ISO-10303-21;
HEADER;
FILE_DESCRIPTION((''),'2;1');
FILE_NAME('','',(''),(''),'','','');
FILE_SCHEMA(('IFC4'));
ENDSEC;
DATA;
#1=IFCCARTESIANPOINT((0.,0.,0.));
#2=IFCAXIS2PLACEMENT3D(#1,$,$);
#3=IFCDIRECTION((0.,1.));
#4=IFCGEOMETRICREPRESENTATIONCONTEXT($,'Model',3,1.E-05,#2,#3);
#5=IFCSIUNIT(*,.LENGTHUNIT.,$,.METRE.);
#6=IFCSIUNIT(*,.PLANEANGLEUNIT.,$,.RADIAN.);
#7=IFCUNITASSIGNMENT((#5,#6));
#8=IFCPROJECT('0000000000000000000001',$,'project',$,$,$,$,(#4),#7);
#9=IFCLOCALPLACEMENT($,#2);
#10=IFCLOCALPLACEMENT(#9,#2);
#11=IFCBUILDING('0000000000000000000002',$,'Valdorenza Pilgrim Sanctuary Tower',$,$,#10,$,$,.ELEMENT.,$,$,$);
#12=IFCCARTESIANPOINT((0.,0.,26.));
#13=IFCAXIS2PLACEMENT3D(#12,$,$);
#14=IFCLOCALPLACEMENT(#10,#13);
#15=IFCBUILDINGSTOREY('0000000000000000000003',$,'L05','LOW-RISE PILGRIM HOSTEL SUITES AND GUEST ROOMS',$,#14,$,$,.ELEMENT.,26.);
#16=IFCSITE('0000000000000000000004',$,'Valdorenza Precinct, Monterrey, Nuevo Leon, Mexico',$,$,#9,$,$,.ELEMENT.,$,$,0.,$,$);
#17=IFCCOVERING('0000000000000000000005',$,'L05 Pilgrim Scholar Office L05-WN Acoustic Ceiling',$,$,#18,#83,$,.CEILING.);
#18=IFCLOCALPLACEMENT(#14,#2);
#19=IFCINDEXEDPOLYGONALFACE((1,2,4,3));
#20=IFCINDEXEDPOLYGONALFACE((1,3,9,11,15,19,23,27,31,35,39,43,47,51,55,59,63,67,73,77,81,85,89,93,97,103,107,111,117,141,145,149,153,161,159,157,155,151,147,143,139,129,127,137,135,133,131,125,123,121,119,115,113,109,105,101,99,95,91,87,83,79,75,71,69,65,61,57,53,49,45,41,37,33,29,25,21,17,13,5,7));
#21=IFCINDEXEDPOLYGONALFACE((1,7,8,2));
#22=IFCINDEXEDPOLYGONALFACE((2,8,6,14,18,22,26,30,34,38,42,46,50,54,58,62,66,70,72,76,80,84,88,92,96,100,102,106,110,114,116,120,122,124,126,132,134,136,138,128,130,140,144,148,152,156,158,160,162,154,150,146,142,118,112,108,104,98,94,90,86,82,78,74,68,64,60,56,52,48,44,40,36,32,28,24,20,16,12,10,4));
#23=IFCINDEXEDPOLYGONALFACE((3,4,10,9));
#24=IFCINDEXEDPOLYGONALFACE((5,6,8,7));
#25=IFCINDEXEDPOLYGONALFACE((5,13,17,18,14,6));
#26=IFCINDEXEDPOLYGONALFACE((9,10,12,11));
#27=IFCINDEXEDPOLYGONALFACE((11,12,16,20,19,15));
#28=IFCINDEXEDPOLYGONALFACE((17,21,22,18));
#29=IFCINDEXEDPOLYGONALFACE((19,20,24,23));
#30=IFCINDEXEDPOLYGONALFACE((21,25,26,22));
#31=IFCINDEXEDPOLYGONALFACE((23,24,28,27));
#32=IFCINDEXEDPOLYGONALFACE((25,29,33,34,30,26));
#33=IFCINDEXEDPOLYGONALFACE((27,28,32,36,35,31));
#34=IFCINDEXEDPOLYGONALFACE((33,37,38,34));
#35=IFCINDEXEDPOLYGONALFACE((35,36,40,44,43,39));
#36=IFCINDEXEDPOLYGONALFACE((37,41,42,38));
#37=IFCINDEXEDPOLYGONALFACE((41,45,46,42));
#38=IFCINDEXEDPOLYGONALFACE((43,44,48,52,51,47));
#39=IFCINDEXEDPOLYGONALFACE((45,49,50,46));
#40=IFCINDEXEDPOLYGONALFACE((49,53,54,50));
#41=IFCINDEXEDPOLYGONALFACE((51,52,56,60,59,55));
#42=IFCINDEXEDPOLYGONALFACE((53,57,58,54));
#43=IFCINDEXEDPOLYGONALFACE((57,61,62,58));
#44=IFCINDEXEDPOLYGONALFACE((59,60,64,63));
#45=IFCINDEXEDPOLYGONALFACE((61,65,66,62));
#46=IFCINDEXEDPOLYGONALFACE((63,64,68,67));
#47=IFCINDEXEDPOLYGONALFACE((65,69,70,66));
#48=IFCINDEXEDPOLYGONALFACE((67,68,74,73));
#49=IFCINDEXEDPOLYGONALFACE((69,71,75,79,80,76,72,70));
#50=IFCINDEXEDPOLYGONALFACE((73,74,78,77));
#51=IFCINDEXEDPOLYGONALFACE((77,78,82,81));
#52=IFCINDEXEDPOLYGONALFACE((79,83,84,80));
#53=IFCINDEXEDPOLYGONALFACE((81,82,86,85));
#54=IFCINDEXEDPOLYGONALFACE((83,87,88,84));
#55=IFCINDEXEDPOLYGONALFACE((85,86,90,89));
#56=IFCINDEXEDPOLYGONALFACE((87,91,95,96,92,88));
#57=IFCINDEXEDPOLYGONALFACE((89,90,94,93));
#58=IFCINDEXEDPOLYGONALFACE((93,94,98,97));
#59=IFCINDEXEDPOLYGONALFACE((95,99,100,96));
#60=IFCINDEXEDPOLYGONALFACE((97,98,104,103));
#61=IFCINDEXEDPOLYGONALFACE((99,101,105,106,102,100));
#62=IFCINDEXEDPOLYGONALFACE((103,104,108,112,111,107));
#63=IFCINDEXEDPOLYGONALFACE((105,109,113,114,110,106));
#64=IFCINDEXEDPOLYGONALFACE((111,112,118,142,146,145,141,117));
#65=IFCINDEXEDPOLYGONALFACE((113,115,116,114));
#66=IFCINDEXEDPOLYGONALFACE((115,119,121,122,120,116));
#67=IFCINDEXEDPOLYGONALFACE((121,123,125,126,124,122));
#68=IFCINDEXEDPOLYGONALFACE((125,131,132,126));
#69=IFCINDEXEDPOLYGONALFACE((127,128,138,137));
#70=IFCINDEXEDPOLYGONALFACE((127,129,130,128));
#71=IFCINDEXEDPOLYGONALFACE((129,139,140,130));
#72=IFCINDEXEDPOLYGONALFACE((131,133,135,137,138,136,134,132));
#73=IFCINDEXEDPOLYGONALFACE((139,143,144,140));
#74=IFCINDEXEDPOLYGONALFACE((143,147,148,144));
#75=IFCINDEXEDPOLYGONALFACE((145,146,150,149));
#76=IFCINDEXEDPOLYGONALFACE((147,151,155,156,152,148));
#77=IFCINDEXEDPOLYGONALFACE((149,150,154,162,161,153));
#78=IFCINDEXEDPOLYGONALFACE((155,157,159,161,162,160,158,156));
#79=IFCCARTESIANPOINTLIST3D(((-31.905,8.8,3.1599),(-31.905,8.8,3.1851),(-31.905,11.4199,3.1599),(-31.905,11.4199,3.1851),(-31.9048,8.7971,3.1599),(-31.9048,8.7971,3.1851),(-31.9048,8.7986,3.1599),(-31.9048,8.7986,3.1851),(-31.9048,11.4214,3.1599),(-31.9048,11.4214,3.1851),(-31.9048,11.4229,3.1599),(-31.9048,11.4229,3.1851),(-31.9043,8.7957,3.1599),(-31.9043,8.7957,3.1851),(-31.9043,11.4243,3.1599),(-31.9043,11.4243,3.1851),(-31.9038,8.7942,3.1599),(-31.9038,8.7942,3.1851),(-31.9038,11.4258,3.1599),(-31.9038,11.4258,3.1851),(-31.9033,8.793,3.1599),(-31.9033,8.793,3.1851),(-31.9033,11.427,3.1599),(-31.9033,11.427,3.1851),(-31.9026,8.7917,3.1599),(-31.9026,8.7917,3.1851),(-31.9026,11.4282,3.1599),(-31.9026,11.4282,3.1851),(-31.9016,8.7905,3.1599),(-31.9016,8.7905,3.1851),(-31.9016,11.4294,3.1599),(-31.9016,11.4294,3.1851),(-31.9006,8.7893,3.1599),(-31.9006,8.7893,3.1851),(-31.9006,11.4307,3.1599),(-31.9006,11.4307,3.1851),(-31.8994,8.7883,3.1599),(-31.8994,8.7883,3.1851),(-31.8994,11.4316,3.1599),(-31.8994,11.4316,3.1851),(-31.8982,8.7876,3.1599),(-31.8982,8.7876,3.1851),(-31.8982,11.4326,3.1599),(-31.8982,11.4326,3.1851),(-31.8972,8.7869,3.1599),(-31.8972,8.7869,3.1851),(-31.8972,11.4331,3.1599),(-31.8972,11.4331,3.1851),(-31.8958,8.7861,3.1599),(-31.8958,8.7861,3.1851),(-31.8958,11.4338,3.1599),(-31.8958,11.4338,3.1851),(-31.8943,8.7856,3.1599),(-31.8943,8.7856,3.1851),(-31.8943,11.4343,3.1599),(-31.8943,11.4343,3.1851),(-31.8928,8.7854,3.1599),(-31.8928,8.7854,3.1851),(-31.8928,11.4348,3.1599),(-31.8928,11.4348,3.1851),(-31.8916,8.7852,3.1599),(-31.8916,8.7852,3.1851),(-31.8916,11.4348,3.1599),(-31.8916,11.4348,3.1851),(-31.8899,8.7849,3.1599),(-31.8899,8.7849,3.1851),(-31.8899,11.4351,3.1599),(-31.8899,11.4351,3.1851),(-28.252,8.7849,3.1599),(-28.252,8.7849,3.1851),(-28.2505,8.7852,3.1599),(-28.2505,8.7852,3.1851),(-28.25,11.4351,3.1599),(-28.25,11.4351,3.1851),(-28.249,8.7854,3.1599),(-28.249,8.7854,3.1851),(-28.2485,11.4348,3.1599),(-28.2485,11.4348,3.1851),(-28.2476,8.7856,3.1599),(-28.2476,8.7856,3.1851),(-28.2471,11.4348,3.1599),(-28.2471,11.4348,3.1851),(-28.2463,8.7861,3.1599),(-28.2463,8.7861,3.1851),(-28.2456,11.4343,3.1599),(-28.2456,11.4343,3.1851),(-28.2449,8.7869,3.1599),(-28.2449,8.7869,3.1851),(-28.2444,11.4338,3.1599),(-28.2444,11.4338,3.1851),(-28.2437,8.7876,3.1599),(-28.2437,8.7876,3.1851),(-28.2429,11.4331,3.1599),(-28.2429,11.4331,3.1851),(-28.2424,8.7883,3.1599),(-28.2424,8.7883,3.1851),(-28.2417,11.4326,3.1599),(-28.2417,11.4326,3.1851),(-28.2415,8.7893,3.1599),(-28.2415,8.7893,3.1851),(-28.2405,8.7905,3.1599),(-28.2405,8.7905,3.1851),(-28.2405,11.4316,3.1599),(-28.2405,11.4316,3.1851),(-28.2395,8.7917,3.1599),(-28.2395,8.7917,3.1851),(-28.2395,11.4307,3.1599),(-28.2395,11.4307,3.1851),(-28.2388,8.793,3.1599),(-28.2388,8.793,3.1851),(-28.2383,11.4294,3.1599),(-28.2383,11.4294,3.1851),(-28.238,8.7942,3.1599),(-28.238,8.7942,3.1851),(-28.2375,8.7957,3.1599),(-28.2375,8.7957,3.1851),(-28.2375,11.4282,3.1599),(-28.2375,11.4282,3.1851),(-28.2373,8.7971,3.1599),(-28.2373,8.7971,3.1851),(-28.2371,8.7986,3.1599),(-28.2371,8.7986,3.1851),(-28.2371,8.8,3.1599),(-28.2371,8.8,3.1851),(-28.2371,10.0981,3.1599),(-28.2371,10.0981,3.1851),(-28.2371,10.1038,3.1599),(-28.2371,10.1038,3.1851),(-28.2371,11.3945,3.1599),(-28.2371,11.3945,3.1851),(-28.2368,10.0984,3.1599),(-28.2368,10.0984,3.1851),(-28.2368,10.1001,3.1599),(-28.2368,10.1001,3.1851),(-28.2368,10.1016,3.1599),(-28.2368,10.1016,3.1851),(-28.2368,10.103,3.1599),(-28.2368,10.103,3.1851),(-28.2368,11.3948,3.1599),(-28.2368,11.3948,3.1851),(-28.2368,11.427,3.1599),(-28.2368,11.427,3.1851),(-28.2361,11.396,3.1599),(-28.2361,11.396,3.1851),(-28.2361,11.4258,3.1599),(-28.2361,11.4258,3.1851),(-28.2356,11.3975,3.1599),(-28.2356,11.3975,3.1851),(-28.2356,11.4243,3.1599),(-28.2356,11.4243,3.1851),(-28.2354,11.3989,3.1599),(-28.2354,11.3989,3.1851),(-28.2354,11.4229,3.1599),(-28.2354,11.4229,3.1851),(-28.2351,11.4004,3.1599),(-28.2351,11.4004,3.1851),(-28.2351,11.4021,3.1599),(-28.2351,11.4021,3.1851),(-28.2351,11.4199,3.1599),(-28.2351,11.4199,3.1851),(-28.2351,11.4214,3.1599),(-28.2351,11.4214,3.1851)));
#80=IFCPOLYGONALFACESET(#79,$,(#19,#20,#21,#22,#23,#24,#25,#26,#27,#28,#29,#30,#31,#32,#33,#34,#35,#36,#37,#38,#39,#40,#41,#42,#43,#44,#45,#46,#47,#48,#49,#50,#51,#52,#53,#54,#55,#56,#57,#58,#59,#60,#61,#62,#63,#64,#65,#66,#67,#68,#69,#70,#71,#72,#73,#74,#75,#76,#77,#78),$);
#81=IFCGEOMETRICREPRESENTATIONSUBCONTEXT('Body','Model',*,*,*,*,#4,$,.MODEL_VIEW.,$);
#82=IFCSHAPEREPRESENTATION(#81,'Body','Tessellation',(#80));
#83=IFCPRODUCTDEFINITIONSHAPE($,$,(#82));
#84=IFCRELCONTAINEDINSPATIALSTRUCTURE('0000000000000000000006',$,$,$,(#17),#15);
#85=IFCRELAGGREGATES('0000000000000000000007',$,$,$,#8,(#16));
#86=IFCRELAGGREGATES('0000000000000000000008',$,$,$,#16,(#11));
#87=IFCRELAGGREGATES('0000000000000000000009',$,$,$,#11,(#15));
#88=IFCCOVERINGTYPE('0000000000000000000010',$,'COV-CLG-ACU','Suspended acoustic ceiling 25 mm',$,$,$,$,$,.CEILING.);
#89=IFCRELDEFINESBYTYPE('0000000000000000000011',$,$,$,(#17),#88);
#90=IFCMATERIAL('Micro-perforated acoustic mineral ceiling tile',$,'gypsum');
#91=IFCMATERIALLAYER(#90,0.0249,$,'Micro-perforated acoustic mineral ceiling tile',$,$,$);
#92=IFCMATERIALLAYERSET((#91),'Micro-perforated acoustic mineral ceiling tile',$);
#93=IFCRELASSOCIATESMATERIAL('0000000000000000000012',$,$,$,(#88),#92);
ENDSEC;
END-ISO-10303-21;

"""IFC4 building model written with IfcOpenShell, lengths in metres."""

from ifc_helpers import new_model, si_unit, direction, frame, origin, place, context, subcontext, project, spatial, polyline, outline, extrude, material, layer, layer_set, type_object, element, save


model = new_model("IFC4")

# Units and contexts
model_context = context("Model", 3, precision=1e-05, world=origin(), true_north=direction((0.0, 1.0)))
body_context = subcontext(model_context, "Body", "Model", "MODEL_VIEW")
ifc_project = project(units=[si_unit("LENGTHUNIT", "METRE"), si_unit("PLANEANGLEUNIT", "RADIAN")], contexts=[model_context])

# Site, building, storey
site_placement = place(None, origin())
site = spatial("IfcSite", under=ifc_project, at=site_placement, Name="Valdorenza Precinct, Monterrey, Nuevo Leon, Mexico", CompositionType="ELEMENT", RefElevation=0.0)
building_placement = place(site_placement, origin())
building = spatial("IfcBuilding", under=site, at=building_placement, Name="Valdorenza Pilgrim Sanctuary Tower", CompositionType="ELEMENT")
storey_placement = place(building_placement, frame((0.0, 0.0, 26.0)))
storey = spatial("IfcBuildingStorey", under=building, at=storey_placement, Name="L05", Description="LOW-RISE PILGRIM HOSTEL SUITES AND GUEST ROOMS", CompositionType="ELEMENT", Elevation=26.0)

# Covering
ifc_material_1 = material(Name="Micro-perforated acoustic mineral ceiling tile", Category="gypsum")
ifc_layer_1 = layer(ifc_material_1, 0.0249, Name="Micro-perforated acoustic mineral ceiling tile")
ifc_layer_set_1 = layer_set([ifc_layer_1], Name="Micro-perforated acoustic mineral ceiling tile")
covering_type_1 = type_object("IfcCoveringType", Name="COV-CLG-ACU", Description="Suspended acoustic ceiling 25 mm", PredefinedType="CEILING", material=ifc_layer_set_1)
covering_1_placement = place(storey_placement, frame((0.0, 0.0, 3.1599)))
element("IfcCovering", 1, at=covering_1_placement, inside=storey, type_object=covering_type_1, Name="L05 Pilgrim Scholar Office L05-WN Acoustic Ceiling", PredefinedType="CEILING", context=body_context, shape_type="SweptSolid", body=[
    extrude(outline(polyline([(-28.2371, 11.3945), (-28.2371, 10.1038), (-28.2368, 10.103), (-28.2368, 10.1016), (-28.2368, 10.1001), (-28.2368, 10.0984), (-28.2371, 10.0981), (-28.2371, 8.8), (-28.2371, 8.7986), (-28.2373, 8.7971), (-28.2375, 8.7957), (-28.238, 8.7942), (-28.2388, 8.793), (-28.2395, 8.7917), (-28.2405, 8.7905), (-28.2415, 8.7893), (-28.2424, 8.7883), (-28.2437, 8.7876), (-28.2449, 8.7869), (-28.2463, 8.7861), (-28.2476, 8.7856), (-28.249, 8.7854), (-28.2505, 8.7852), (-28.252, 8.7849), (-31.8899, 8.7849), (-31.8916, 8.7852), (-31.8928, 8.7854), (-31.8943, 8.7856), (-31.8958, 8.7861), (-31.8972, 8.7869), (-31.8982, 8.7876), (-31.8994, 8.7883), (-31.9006, 8.7893), (-31.9016, 8.7905), (-31.9026, 8.7917), (-31.9033, 8.793), (-31.9038, 8.7942), (-31.9043, 8.7957), (-31.9048, 8.7971), (-31.9048, 8.7986), (-31.905, 8.8), (-31.905, 11.4199), (-31.9048, 11.4214), (-31.9048, 11.4229), (-31.9043, 11.4243), (-31.9038, 11.4258), (-31.9033, 11.427), (-31.9026, 11.4282), (-31.9016, 11.4294), (-31.9006, 11.4307), (-31.8994, 11.4316), (-31.8982, 11.4326), (-31.8972, 11.4331), (-31.8958, 11.4338), (-31.8943, 11.4343), (-31.8928, 11.4348), (-31.8916, 11.4348), (-31.8899, 11.4351), (-28.25, 11.4351), (-28.2485, 11.4348), (-28.2471, 11.4348), (-28.2456, 11.4343), (-28.2444, 11.4338), (-28.2429, 11.4331), (-28.2417, 11.4326), (-28.2405, 11.4316), (-28.2395, 11.4307), (-28.2383, 11.4294), (-28.2375, 11.4282), (-28.2368, 11.427), (-28.2361, 11.4258), (-28.2356, 11.4243), (-28.2354, 11.4229), (-28.2351, 11.4214), (-28.2351, 11.4199), (-28.2351, 11.4021), (-28.2351, 11.4004), (-28.2354, 11.3989), (-28.2356, 11.3975), (-28.2361, 11.396), (-28.2368, 11.3948), (-28.2371, 11.3945)])), origin(), (0.0, 0.0, 1.0), 0.0251),
])

save(model, "model.ifc")
